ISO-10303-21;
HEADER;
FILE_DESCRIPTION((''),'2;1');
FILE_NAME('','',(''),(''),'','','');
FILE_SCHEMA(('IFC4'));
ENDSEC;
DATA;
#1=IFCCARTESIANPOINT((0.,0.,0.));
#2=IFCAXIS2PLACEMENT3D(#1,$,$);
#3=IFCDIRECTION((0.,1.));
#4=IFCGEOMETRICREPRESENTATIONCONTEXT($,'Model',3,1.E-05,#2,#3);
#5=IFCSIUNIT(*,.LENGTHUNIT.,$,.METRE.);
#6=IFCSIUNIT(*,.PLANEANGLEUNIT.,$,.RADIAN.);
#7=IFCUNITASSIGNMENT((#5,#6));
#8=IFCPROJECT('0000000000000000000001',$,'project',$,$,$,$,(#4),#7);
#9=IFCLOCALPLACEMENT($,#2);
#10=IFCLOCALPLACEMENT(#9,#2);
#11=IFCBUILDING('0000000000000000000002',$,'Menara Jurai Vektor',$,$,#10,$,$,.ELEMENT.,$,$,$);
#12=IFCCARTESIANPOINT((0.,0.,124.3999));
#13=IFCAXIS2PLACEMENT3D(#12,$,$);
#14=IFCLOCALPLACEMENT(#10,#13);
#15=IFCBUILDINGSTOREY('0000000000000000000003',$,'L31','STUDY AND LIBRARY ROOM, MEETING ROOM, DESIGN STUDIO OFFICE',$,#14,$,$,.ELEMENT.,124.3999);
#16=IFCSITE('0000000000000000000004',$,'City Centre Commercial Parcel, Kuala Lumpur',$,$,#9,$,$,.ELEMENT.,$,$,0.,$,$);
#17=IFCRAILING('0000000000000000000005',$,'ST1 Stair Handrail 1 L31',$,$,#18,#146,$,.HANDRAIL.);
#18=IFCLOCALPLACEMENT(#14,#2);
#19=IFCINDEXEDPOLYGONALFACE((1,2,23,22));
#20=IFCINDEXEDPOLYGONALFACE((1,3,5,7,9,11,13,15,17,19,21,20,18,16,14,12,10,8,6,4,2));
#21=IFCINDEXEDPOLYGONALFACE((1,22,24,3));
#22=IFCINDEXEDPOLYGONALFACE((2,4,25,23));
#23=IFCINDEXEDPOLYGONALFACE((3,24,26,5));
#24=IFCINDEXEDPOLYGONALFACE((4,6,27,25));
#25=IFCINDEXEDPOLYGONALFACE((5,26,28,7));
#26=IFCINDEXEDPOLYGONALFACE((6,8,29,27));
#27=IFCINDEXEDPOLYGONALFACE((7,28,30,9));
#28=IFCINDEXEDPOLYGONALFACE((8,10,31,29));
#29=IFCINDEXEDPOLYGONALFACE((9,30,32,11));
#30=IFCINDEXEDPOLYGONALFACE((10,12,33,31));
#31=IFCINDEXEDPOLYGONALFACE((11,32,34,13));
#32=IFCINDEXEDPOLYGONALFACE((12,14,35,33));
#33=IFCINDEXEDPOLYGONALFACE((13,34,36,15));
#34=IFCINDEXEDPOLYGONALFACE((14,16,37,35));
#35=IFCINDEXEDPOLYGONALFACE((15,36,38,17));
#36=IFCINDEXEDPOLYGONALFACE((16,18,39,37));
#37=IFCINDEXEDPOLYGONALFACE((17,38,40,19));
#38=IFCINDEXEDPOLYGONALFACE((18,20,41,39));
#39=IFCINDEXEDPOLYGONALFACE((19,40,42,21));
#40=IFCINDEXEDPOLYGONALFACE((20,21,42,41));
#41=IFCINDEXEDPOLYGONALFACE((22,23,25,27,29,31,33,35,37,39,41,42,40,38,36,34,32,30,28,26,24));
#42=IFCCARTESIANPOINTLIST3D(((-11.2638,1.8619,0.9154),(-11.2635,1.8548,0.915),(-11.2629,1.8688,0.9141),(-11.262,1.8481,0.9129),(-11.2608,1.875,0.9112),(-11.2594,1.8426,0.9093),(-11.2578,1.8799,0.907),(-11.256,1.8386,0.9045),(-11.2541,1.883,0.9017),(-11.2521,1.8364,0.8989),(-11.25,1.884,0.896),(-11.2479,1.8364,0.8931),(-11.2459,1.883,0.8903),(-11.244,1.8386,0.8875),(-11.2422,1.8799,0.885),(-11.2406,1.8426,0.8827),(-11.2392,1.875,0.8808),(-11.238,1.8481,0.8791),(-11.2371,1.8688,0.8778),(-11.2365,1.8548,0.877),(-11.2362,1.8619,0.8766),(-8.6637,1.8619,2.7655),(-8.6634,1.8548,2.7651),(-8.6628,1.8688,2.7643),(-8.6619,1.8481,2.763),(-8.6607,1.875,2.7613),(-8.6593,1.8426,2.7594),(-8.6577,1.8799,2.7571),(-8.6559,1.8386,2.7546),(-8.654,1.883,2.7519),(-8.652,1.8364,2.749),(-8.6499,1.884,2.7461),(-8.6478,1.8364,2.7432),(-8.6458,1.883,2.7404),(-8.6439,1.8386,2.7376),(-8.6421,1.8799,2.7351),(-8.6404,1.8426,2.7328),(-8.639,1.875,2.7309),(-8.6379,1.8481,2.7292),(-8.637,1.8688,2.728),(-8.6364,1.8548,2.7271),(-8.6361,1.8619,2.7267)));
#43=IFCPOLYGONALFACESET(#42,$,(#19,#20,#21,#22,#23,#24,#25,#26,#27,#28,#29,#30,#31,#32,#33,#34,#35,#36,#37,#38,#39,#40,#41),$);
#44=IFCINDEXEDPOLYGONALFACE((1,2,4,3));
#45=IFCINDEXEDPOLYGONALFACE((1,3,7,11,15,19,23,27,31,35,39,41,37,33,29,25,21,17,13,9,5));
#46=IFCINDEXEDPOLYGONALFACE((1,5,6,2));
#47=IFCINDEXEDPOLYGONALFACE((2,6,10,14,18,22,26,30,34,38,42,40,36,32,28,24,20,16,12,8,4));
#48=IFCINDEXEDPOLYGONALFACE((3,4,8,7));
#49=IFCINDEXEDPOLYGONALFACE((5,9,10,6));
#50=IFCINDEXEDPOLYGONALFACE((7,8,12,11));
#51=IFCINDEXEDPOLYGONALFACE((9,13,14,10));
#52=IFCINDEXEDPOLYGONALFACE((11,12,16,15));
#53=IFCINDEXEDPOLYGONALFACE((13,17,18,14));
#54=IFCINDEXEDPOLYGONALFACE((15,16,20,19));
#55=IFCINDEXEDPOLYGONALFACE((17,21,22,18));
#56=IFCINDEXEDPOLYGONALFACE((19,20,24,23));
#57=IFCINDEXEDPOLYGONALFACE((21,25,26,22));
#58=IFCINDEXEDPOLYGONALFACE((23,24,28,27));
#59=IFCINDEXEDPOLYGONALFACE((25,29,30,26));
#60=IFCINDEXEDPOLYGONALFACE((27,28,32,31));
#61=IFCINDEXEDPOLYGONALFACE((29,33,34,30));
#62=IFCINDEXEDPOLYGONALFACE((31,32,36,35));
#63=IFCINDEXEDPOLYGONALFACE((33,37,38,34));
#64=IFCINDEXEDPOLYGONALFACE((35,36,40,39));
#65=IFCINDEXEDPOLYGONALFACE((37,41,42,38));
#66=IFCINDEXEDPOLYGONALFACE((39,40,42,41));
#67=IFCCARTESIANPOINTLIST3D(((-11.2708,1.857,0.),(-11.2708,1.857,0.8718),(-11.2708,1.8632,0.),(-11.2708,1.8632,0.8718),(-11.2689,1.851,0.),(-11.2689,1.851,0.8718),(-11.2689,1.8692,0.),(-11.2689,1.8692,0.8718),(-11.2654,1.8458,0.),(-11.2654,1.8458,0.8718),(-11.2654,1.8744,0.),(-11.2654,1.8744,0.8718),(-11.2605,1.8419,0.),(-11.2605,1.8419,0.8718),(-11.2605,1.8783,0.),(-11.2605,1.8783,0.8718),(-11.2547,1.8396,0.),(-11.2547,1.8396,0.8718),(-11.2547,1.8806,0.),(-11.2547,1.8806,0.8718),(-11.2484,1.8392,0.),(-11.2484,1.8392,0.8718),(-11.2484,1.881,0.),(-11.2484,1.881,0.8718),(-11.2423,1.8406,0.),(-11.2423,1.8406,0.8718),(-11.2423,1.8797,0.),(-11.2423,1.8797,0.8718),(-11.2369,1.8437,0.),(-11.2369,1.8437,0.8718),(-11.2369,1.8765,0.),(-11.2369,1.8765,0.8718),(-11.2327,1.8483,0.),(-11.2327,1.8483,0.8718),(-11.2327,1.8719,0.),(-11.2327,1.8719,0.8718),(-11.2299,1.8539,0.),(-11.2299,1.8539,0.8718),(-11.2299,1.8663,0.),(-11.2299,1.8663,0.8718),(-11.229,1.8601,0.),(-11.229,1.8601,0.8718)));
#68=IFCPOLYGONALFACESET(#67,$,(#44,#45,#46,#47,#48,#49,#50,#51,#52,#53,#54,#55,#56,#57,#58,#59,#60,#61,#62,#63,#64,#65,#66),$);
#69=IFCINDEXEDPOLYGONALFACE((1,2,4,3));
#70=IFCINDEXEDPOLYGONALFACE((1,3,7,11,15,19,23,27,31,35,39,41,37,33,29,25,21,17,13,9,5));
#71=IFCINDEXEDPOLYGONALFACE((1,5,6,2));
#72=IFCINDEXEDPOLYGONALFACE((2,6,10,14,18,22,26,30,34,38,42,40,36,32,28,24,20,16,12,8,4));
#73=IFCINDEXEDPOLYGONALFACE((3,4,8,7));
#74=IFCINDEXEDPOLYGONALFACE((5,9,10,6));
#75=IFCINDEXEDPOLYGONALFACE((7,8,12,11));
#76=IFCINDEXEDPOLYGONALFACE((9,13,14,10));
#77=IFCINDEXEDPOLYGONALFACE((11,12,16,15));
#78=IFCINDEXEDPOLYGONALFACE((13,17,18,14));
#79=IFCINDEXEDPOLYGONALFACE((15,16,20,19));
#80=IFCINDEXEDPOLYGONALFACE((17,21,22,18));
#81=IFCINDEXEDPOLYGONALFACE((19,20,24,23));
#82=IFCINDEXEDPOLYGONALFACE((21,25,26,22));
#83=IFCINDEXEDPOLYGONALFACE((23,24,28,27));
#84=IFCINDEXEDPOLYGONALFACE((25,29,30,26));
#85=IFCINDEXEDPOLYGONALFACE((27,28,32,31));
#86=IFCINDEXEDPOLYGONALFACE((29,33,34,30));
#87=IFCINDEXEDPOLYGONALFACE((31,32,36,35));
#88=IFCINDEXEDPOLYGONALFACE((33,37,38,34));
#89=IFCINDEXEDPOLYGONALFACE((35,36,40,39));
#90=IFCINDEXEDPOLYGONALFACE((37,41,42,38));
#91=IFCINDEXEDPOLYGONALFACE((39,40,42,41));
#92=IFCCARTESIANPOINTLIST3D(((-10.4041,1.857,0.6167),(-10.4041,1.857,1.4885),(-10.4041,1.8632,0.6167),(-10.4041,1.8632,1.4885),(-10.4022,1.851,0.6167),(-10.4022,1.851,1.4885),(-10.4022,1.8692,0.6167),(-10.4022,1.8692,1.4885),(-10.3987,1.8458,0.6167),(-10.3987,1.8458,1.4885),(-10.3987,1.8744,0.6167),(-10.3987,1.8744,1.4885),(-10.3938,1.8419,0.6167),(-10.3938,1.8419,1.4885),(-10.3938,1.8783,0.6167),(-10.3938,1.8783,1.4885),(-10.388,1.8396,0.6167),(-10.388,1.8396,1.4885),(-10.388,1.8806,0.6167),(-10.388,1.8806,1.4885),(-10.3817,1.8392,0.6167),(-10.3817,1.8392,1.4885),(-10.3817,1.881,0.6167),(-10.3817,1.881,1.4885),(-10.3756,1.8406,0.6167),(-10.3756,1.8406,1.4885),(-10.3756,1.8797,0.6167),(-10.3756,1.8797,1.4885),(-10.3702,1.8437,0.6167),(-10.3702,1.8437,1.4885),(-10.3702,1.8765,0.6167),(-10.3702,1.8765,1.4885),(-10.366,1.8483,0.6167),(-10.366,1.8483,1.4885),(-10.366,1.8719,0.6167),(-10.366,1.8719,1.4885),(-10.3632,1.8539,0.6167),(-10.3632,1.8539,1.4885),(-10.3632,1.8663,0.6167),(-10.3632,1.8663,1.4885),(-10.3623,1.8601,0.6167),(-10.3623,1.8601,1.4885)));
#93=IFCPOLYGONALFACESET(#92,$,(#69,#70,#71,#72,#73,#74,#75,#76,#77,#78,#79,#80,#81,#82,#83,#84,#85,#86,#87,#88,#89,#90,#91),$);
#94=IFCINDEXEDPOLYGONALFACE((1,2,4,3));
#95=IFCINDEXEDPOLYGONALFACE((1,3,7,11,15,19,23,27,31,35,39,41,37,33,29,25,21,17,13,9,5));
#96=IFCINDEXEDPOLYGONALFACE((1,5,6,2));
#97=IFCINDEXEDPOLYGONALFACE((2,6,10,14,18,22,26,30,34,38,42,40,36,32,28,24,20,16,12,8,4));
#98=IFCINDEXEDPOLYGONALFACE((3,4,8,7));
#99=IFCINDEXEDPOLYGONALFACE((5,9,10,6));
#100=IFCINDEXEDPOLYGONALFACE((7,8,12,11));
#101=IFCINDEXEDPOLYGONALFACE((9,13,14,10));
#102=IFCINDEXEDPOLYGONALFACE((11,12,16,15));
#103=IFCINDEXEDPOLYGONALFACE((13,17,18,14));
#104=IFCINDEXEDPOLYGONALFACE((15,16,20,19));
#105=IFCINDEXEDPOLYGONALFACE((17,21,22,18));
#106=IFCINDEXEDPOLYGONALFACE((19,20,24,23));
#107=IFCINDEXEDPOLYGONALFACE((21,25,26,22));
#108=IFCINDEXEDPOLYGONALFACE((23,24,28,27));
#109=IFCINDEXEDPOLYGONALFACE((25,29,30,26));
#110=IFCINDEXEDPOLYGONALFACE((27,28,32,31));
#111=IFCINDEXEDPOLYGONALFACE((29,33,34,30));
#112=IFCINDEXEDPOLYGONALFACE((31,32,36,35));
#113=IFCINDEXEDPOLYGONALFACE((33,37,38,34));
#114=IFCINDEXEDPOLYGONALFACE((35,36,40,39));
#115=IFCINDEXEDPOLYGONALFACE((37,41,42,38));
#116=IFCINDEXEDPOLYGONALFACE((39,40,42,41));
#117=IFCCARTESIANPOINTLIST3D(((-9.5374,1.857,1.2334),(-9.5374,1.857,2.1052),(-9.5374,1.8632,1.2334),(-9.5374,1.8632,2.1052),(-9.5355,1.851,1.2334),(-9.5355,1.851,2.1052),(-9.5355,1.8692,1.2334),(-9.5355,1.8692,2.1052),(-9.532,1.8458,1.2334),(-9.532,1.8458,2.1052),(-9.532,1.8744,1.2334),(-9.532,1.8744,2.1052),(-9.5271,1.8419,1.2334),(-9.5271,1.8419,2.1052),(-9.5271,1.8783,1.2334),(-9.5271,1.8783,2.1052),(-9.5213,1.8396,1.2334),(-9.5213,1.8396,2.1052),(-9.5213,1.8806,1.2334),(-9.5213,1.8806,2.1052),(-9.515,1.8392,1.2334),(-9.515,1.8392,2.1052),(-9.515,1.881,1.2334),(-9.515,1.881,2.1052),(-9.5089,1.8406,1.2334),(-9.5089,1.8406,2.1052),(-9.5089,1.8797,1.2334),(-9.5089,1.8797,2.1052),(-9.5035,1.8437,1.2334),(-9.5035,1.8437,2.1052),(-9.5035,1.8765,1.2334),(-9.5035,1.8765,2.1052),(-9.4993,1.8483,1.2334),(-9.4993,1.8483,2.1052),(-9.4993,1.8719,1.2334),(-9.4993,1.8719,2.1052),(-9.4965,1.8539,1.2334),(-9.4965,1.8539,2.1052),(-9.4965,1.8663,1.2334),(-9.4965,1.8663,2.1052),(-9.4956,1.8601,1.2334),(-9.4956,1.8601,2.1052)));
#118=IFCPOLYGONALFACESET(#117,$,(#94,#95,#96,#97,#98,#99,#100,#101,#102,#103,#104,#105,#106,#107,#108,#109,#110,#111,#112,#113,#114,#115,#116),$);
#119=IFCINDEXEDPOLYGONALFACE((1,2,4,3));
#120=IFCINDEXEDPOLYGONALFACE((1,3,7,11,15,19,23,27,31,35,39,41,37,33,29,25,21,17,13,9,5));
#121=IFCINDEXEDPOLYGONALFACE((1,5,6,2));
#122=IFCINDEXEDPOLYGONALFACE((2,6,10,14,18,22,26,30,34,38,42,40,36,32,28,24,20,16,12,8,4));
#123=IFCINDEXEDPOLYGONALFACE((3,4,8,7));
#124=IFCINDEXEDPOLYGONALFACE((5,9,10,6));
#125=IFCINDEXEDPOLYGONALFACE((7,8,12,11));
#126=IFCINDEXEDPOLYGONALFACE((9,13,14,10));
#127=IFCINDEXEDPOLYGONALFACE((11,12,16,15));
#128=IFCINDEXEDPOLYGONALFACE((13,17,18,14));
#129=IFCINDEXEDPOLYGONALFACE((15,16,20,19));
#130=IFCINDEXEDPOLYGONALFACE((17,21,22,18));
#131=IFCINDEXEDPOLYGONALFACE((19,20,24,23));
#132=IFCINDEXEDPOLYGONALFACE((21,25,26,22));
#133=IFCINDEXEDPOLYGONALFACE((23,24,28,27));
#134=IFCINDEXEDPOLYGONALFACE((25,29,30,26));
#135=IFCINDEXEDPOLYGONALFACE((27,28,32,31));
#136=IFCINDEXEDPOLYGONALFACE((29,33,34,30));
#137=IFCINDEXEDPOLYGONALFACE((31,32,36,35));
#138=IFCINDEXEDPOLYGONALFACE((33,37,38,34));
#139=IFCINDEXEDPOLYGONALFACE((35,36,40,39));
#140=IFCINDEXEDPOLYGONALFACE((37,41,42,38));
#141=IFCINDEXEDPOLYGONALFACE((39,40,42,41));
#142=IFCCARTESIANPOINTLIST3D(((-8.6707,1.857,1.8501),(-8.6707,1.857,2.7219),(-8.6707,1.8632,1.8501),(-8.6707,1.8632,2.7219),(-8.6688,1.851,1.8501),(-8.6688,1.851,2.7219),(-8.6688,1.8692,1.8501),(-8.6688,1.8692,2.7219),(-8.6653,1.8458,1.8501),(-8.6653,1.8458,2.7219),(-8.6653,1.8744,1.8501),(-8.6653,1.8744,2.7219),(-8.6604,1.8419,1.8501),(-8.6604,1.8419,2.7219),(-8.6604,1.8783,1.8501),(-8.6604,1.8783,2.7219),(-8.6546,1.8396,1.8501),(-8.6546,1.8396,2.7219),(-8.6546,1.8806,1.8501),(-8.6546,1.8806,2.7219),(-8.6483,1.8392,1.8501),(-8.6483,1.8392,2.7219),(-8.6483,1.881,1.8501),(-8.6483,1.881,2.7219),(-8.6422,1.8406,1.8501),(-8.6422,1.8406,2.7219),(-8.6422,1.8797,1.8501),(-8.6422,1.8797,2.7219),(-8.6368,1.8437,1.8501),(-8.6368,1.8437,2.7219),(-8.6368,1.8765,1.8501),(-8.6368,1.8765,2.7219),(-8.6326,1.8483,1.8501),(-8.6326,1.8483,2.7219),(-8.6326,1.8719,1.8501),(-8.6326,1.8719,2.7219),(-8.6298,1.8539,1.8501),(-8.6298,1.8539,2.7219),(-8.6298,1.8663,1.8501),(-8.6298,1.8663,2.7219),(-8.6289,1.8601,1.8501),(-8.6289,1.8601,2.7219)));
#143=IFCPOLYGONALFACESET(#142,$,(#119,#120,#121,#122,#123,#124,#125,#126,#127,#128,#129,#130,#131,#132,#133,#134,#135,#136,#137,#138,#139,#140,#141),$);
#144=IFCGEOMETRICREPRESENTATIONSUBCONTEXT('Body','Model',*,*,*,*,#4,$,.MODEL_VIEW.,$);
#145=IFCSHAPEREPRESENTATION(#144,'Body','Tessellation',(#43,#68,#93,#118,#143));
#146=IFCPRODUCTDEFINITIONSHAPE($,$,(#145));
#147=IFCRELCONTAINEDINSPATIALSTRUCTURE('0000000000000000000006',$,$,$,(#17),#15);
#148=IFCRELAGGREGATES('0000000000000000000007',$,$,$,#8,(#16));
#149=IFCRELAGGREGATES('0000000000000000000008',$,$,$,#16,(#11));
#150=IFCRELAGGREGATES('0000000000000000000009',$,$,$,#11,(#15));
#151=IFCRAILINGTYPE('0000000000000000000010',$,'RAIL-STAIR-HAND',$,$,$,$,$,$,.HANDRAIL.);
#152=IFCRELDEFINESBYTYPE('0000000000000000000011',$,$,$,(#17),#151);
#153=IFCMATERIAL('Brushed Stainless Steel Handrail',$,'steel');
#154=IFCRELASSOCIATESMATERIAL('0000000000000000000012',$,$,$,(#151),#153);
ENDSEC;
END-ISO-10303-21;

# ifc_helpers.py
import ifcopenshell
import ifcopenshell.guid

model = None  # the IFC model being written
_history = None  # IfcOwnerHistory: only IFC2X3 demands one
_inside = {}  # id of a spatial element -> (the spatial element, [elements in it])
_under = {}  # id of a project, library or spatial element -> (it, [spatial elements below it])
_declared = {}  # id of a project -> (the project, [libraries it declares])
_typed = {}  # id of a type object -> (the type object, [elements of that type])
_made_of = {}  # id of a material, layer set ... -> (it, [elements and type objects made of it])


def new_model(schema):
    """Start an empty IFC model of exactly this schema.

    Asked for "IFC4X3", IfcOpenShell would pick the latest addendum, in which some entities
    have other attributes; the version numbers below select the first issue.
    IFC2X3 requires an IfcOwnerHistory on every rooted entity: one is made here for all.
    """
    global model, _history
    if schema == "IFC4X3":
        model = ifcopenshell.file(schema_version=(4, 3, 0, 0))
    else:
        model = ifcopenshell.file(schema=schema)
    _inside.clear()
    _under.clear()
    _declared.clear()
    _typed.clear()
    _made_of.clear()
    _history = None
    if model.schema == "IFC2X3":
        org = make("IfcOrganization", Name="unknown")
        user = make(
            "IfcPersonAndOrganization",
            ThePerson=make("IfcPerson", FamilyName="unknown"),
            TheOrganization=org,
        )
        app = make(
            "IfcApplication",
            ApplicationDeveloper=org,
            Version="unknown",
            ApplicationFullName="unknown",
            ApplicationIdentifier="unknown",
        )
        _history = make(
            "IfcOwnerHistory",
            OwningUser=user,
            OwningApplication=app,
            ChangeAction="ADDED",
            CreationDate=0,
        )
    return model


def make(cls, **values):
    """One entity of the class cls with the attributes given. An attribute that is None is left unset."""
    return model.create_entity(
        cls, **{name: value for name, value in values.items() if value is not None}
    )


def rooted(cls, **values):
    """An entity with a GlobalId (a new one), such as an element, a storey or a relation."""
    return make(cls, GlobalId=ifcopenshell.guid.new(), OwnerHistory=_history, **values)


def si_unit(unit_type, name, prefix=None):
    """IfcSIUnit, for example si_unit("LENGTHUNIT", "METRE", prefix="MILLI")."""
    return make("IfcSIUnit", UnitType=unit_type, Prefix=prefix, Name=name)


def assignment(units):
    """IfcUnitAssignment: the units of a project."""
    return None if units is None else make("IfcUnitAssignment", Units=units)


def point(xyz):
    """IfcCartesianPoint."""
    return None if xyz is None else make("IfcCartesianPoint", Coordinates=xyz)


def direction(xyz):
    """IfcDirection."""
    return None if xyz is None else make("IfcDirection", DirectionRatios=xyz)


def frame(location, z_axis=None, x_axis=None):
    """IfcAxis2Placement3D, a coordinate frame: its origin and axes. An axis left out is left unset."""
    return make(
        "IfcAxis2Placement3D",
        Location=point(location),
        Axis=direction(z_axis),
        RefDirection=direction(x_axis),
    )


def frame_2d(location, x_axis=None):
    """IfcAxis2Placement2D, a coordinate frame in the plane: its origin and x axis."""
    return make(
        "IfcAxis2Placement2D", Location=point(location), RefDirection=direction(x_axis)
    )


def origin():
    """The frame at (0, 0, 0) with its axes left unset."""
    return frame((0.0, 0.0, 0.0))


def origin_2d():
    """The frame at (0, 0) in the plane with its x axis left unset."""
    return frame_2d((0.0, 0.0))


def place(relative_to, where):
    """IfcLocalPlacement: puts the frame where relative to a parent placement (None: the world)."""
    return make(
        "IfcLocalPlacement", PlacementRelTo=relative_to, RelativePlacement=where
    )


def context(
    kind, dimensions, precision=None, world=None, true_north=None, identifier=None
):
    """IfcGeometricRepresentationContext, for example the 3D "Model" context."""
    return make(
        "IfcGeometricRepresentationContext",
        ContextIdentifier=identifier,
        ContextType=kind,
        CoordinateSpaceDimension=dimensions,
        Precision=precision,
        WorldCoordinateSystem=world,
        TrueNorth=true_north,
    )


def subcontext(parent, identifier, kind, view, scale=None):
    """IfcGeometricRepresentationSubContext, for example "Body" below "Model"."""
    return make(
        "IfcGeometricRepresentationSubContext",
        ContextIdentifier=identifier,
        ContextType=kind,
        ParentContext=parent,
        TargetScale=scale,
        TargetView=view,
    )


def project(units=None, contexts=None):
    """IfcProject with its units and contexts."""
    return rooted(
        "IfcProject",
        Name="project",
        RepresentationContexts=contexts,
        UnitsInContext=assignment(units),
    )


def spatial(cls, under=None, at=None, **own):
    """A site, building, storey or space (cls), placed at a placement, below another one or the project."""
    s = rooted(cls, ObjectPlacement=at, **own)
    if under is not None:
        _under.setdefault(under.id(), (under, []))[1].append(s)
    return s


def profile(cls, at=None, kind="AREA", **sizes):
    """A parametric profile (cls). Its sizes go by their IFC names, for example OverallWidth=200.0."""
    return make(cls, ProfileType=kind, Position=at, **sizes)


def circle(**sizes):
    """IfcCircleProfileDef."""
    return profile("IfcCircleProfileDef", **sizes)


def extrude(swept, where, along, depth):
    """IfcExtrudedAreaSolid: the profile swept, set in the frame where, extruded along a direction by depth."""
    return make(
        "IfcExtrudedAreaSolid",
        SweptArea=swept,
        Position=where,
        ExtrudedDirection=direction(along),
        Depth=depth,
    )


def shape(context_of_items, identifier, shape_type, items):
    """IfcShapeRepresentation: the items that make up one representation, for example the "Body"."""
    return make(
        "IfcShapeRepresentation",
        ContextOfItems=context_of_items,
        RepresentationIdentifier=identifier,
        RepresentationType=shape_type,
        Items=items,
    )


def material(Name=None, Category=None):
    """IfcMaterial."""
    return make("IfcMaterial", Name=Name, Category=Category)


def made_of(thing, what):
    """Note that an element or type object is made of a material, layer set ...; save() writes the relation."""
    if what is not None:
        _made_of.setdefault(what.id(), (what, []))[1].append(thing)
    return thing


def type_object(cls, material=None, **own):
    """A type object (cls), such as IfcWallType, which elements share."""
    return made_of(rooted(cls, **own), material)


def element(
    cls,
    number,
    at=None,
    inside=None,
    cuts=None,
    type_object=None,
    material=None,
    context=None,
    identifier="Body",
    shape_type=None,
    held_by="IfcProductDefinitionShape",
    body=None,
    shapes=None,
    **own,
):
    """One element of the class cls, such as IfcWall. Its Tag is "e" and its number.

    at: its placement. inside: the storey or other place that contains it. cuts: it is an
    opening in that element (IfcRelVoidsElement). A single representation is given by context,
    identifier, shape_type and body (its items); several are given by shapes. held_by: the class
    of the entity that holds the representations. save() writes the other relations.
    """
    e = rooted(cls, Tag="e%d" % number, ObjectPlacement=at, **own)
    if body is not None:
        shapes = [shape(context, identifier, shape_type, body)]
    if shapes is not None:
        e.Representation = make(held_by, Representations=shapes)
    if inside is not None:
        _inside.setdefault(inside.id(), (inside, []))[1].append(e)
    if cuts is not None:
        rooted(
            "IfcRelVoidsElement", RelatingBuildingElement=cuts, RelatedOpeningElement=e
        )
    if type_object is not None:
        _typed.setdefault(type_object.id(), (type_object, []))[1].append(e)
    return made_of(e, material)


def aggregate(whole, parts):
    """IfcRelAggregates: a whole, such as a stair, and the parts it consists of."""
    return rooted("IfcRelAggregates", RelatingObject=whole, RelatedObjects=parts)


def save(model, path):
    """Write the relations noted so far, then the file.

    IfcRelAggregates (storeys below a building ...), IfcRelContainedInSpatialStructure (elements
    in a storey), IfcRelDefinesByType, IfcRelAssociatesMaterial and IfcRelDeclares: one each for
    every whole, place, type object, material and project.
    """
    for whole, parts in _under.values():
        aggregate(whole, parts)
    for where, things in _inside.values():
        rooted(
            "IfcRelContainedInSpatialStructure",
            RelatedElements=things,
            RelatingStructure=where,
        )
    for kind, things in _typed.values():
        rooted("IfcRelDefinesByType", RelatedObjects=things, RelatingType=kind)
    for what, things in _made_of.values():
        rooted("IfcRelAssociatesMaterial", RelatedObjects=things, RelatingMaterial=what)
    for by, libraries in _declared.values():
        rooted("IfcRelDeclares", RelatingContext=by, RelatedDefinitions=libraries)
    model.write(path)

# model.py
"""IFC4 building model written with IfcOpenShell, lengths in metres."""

from ifc_helpers import new_model, si_unit, direction, frame, origin, origin_2d, place, context, subcontext, project, spatial, circle, extrude, material, type_object, element, save


model = new_model("IFC4")

# Units and contexts
model_context = context("Model", 3, precision=1e-05, world=origin(), true_north=direction((0.0, 1.0)))
body_context = subcontext(model_context, "Body", "Model", "MODEL_VIEW")
ifc_project = project(units=[si_unit("LENGTHUNIT", "METRE"), si_unit("PLANEANGLEUNIT", "RADIAN")], contexts=[model_context])

# Site, building, storey
site_placement = place(None, origin())
site = spatial("IfcSite", under=ifc_project, at=site_placement, Name="City Centre Commercial Parcel, Kuala Lumpur", CompositionType="ELEMENT", RefElevation=0.0)
building_placement = place(site_placement, origin())
building = spatial("IfcBuilding", under=site, at=building_placement, Name="Menara Jurai Vektor", CompositionType="ELEMENT")
storey_placement = place(building_placement, frame((0.0, 0.0, 124.3999)))
storey = spatial("IfcBuildingStorey", under=building, at=storey_placement, Name="L31", Description="STUDY AND LIBRARY ROOM, MEETING ROOM, DESIGN STUDIO OFFICE", CompositionType="ELEMENT", Elevation=124.3999)

# Railing
ifc_material_1 = material(Name="Brushed Stainless Steel Handrail", Category="steel")
railing_type_1 = type_object("IfcRailingType", Name="RAIL-STAIR-HAND", PredefinedType="HANDRAIL", material=ifc_material_1)
railing_1_placement = place(storey_placement, frame((-11.25, 1.8601, 0.0)))
element("IfcRailing", 1, at=railing_1_placement, inside=storey, type_object=railing_type_1, Name="ST1 Stair Handrail 1 L31", PredefinedType="HANDRAIL", context=body_context, shape_type="SweptSolid", body=[
    extrude(circle(Radius=0.0239, at=origin_2d()), frame((0.0, 0.0, 0.896), z_axis=(0.814787, 0.0, 0.579761), x_axis=(0.0, 1.0, 0.0)), (0.0, 0.0, 1.0), 3.1912),
    extrude(circle(Radius=0.021, at=origin_2d()), origin(), (0.0, 0.0, 1.0), 0.8718),
    extrude(circle(Radius=0.021, at=origin_2d()), frame((0.8667, 0.0, 0.6167)), (0.0, 0.0, 1.0), 0.8718),
    extrude(circle(Radius=0.021, at=origin_2d()), frame((1.7334, 0.0, 1.2334)), (0.0, 0.0, 1.0), 0.8718),
    extrude(circle(Radius=0.021, at=origin_2d()), frame((2.6001, 0.0, 1.8501)), (0.0, 0.0, 1.0), 0.8718),
])

save(model, "model.ifc")
